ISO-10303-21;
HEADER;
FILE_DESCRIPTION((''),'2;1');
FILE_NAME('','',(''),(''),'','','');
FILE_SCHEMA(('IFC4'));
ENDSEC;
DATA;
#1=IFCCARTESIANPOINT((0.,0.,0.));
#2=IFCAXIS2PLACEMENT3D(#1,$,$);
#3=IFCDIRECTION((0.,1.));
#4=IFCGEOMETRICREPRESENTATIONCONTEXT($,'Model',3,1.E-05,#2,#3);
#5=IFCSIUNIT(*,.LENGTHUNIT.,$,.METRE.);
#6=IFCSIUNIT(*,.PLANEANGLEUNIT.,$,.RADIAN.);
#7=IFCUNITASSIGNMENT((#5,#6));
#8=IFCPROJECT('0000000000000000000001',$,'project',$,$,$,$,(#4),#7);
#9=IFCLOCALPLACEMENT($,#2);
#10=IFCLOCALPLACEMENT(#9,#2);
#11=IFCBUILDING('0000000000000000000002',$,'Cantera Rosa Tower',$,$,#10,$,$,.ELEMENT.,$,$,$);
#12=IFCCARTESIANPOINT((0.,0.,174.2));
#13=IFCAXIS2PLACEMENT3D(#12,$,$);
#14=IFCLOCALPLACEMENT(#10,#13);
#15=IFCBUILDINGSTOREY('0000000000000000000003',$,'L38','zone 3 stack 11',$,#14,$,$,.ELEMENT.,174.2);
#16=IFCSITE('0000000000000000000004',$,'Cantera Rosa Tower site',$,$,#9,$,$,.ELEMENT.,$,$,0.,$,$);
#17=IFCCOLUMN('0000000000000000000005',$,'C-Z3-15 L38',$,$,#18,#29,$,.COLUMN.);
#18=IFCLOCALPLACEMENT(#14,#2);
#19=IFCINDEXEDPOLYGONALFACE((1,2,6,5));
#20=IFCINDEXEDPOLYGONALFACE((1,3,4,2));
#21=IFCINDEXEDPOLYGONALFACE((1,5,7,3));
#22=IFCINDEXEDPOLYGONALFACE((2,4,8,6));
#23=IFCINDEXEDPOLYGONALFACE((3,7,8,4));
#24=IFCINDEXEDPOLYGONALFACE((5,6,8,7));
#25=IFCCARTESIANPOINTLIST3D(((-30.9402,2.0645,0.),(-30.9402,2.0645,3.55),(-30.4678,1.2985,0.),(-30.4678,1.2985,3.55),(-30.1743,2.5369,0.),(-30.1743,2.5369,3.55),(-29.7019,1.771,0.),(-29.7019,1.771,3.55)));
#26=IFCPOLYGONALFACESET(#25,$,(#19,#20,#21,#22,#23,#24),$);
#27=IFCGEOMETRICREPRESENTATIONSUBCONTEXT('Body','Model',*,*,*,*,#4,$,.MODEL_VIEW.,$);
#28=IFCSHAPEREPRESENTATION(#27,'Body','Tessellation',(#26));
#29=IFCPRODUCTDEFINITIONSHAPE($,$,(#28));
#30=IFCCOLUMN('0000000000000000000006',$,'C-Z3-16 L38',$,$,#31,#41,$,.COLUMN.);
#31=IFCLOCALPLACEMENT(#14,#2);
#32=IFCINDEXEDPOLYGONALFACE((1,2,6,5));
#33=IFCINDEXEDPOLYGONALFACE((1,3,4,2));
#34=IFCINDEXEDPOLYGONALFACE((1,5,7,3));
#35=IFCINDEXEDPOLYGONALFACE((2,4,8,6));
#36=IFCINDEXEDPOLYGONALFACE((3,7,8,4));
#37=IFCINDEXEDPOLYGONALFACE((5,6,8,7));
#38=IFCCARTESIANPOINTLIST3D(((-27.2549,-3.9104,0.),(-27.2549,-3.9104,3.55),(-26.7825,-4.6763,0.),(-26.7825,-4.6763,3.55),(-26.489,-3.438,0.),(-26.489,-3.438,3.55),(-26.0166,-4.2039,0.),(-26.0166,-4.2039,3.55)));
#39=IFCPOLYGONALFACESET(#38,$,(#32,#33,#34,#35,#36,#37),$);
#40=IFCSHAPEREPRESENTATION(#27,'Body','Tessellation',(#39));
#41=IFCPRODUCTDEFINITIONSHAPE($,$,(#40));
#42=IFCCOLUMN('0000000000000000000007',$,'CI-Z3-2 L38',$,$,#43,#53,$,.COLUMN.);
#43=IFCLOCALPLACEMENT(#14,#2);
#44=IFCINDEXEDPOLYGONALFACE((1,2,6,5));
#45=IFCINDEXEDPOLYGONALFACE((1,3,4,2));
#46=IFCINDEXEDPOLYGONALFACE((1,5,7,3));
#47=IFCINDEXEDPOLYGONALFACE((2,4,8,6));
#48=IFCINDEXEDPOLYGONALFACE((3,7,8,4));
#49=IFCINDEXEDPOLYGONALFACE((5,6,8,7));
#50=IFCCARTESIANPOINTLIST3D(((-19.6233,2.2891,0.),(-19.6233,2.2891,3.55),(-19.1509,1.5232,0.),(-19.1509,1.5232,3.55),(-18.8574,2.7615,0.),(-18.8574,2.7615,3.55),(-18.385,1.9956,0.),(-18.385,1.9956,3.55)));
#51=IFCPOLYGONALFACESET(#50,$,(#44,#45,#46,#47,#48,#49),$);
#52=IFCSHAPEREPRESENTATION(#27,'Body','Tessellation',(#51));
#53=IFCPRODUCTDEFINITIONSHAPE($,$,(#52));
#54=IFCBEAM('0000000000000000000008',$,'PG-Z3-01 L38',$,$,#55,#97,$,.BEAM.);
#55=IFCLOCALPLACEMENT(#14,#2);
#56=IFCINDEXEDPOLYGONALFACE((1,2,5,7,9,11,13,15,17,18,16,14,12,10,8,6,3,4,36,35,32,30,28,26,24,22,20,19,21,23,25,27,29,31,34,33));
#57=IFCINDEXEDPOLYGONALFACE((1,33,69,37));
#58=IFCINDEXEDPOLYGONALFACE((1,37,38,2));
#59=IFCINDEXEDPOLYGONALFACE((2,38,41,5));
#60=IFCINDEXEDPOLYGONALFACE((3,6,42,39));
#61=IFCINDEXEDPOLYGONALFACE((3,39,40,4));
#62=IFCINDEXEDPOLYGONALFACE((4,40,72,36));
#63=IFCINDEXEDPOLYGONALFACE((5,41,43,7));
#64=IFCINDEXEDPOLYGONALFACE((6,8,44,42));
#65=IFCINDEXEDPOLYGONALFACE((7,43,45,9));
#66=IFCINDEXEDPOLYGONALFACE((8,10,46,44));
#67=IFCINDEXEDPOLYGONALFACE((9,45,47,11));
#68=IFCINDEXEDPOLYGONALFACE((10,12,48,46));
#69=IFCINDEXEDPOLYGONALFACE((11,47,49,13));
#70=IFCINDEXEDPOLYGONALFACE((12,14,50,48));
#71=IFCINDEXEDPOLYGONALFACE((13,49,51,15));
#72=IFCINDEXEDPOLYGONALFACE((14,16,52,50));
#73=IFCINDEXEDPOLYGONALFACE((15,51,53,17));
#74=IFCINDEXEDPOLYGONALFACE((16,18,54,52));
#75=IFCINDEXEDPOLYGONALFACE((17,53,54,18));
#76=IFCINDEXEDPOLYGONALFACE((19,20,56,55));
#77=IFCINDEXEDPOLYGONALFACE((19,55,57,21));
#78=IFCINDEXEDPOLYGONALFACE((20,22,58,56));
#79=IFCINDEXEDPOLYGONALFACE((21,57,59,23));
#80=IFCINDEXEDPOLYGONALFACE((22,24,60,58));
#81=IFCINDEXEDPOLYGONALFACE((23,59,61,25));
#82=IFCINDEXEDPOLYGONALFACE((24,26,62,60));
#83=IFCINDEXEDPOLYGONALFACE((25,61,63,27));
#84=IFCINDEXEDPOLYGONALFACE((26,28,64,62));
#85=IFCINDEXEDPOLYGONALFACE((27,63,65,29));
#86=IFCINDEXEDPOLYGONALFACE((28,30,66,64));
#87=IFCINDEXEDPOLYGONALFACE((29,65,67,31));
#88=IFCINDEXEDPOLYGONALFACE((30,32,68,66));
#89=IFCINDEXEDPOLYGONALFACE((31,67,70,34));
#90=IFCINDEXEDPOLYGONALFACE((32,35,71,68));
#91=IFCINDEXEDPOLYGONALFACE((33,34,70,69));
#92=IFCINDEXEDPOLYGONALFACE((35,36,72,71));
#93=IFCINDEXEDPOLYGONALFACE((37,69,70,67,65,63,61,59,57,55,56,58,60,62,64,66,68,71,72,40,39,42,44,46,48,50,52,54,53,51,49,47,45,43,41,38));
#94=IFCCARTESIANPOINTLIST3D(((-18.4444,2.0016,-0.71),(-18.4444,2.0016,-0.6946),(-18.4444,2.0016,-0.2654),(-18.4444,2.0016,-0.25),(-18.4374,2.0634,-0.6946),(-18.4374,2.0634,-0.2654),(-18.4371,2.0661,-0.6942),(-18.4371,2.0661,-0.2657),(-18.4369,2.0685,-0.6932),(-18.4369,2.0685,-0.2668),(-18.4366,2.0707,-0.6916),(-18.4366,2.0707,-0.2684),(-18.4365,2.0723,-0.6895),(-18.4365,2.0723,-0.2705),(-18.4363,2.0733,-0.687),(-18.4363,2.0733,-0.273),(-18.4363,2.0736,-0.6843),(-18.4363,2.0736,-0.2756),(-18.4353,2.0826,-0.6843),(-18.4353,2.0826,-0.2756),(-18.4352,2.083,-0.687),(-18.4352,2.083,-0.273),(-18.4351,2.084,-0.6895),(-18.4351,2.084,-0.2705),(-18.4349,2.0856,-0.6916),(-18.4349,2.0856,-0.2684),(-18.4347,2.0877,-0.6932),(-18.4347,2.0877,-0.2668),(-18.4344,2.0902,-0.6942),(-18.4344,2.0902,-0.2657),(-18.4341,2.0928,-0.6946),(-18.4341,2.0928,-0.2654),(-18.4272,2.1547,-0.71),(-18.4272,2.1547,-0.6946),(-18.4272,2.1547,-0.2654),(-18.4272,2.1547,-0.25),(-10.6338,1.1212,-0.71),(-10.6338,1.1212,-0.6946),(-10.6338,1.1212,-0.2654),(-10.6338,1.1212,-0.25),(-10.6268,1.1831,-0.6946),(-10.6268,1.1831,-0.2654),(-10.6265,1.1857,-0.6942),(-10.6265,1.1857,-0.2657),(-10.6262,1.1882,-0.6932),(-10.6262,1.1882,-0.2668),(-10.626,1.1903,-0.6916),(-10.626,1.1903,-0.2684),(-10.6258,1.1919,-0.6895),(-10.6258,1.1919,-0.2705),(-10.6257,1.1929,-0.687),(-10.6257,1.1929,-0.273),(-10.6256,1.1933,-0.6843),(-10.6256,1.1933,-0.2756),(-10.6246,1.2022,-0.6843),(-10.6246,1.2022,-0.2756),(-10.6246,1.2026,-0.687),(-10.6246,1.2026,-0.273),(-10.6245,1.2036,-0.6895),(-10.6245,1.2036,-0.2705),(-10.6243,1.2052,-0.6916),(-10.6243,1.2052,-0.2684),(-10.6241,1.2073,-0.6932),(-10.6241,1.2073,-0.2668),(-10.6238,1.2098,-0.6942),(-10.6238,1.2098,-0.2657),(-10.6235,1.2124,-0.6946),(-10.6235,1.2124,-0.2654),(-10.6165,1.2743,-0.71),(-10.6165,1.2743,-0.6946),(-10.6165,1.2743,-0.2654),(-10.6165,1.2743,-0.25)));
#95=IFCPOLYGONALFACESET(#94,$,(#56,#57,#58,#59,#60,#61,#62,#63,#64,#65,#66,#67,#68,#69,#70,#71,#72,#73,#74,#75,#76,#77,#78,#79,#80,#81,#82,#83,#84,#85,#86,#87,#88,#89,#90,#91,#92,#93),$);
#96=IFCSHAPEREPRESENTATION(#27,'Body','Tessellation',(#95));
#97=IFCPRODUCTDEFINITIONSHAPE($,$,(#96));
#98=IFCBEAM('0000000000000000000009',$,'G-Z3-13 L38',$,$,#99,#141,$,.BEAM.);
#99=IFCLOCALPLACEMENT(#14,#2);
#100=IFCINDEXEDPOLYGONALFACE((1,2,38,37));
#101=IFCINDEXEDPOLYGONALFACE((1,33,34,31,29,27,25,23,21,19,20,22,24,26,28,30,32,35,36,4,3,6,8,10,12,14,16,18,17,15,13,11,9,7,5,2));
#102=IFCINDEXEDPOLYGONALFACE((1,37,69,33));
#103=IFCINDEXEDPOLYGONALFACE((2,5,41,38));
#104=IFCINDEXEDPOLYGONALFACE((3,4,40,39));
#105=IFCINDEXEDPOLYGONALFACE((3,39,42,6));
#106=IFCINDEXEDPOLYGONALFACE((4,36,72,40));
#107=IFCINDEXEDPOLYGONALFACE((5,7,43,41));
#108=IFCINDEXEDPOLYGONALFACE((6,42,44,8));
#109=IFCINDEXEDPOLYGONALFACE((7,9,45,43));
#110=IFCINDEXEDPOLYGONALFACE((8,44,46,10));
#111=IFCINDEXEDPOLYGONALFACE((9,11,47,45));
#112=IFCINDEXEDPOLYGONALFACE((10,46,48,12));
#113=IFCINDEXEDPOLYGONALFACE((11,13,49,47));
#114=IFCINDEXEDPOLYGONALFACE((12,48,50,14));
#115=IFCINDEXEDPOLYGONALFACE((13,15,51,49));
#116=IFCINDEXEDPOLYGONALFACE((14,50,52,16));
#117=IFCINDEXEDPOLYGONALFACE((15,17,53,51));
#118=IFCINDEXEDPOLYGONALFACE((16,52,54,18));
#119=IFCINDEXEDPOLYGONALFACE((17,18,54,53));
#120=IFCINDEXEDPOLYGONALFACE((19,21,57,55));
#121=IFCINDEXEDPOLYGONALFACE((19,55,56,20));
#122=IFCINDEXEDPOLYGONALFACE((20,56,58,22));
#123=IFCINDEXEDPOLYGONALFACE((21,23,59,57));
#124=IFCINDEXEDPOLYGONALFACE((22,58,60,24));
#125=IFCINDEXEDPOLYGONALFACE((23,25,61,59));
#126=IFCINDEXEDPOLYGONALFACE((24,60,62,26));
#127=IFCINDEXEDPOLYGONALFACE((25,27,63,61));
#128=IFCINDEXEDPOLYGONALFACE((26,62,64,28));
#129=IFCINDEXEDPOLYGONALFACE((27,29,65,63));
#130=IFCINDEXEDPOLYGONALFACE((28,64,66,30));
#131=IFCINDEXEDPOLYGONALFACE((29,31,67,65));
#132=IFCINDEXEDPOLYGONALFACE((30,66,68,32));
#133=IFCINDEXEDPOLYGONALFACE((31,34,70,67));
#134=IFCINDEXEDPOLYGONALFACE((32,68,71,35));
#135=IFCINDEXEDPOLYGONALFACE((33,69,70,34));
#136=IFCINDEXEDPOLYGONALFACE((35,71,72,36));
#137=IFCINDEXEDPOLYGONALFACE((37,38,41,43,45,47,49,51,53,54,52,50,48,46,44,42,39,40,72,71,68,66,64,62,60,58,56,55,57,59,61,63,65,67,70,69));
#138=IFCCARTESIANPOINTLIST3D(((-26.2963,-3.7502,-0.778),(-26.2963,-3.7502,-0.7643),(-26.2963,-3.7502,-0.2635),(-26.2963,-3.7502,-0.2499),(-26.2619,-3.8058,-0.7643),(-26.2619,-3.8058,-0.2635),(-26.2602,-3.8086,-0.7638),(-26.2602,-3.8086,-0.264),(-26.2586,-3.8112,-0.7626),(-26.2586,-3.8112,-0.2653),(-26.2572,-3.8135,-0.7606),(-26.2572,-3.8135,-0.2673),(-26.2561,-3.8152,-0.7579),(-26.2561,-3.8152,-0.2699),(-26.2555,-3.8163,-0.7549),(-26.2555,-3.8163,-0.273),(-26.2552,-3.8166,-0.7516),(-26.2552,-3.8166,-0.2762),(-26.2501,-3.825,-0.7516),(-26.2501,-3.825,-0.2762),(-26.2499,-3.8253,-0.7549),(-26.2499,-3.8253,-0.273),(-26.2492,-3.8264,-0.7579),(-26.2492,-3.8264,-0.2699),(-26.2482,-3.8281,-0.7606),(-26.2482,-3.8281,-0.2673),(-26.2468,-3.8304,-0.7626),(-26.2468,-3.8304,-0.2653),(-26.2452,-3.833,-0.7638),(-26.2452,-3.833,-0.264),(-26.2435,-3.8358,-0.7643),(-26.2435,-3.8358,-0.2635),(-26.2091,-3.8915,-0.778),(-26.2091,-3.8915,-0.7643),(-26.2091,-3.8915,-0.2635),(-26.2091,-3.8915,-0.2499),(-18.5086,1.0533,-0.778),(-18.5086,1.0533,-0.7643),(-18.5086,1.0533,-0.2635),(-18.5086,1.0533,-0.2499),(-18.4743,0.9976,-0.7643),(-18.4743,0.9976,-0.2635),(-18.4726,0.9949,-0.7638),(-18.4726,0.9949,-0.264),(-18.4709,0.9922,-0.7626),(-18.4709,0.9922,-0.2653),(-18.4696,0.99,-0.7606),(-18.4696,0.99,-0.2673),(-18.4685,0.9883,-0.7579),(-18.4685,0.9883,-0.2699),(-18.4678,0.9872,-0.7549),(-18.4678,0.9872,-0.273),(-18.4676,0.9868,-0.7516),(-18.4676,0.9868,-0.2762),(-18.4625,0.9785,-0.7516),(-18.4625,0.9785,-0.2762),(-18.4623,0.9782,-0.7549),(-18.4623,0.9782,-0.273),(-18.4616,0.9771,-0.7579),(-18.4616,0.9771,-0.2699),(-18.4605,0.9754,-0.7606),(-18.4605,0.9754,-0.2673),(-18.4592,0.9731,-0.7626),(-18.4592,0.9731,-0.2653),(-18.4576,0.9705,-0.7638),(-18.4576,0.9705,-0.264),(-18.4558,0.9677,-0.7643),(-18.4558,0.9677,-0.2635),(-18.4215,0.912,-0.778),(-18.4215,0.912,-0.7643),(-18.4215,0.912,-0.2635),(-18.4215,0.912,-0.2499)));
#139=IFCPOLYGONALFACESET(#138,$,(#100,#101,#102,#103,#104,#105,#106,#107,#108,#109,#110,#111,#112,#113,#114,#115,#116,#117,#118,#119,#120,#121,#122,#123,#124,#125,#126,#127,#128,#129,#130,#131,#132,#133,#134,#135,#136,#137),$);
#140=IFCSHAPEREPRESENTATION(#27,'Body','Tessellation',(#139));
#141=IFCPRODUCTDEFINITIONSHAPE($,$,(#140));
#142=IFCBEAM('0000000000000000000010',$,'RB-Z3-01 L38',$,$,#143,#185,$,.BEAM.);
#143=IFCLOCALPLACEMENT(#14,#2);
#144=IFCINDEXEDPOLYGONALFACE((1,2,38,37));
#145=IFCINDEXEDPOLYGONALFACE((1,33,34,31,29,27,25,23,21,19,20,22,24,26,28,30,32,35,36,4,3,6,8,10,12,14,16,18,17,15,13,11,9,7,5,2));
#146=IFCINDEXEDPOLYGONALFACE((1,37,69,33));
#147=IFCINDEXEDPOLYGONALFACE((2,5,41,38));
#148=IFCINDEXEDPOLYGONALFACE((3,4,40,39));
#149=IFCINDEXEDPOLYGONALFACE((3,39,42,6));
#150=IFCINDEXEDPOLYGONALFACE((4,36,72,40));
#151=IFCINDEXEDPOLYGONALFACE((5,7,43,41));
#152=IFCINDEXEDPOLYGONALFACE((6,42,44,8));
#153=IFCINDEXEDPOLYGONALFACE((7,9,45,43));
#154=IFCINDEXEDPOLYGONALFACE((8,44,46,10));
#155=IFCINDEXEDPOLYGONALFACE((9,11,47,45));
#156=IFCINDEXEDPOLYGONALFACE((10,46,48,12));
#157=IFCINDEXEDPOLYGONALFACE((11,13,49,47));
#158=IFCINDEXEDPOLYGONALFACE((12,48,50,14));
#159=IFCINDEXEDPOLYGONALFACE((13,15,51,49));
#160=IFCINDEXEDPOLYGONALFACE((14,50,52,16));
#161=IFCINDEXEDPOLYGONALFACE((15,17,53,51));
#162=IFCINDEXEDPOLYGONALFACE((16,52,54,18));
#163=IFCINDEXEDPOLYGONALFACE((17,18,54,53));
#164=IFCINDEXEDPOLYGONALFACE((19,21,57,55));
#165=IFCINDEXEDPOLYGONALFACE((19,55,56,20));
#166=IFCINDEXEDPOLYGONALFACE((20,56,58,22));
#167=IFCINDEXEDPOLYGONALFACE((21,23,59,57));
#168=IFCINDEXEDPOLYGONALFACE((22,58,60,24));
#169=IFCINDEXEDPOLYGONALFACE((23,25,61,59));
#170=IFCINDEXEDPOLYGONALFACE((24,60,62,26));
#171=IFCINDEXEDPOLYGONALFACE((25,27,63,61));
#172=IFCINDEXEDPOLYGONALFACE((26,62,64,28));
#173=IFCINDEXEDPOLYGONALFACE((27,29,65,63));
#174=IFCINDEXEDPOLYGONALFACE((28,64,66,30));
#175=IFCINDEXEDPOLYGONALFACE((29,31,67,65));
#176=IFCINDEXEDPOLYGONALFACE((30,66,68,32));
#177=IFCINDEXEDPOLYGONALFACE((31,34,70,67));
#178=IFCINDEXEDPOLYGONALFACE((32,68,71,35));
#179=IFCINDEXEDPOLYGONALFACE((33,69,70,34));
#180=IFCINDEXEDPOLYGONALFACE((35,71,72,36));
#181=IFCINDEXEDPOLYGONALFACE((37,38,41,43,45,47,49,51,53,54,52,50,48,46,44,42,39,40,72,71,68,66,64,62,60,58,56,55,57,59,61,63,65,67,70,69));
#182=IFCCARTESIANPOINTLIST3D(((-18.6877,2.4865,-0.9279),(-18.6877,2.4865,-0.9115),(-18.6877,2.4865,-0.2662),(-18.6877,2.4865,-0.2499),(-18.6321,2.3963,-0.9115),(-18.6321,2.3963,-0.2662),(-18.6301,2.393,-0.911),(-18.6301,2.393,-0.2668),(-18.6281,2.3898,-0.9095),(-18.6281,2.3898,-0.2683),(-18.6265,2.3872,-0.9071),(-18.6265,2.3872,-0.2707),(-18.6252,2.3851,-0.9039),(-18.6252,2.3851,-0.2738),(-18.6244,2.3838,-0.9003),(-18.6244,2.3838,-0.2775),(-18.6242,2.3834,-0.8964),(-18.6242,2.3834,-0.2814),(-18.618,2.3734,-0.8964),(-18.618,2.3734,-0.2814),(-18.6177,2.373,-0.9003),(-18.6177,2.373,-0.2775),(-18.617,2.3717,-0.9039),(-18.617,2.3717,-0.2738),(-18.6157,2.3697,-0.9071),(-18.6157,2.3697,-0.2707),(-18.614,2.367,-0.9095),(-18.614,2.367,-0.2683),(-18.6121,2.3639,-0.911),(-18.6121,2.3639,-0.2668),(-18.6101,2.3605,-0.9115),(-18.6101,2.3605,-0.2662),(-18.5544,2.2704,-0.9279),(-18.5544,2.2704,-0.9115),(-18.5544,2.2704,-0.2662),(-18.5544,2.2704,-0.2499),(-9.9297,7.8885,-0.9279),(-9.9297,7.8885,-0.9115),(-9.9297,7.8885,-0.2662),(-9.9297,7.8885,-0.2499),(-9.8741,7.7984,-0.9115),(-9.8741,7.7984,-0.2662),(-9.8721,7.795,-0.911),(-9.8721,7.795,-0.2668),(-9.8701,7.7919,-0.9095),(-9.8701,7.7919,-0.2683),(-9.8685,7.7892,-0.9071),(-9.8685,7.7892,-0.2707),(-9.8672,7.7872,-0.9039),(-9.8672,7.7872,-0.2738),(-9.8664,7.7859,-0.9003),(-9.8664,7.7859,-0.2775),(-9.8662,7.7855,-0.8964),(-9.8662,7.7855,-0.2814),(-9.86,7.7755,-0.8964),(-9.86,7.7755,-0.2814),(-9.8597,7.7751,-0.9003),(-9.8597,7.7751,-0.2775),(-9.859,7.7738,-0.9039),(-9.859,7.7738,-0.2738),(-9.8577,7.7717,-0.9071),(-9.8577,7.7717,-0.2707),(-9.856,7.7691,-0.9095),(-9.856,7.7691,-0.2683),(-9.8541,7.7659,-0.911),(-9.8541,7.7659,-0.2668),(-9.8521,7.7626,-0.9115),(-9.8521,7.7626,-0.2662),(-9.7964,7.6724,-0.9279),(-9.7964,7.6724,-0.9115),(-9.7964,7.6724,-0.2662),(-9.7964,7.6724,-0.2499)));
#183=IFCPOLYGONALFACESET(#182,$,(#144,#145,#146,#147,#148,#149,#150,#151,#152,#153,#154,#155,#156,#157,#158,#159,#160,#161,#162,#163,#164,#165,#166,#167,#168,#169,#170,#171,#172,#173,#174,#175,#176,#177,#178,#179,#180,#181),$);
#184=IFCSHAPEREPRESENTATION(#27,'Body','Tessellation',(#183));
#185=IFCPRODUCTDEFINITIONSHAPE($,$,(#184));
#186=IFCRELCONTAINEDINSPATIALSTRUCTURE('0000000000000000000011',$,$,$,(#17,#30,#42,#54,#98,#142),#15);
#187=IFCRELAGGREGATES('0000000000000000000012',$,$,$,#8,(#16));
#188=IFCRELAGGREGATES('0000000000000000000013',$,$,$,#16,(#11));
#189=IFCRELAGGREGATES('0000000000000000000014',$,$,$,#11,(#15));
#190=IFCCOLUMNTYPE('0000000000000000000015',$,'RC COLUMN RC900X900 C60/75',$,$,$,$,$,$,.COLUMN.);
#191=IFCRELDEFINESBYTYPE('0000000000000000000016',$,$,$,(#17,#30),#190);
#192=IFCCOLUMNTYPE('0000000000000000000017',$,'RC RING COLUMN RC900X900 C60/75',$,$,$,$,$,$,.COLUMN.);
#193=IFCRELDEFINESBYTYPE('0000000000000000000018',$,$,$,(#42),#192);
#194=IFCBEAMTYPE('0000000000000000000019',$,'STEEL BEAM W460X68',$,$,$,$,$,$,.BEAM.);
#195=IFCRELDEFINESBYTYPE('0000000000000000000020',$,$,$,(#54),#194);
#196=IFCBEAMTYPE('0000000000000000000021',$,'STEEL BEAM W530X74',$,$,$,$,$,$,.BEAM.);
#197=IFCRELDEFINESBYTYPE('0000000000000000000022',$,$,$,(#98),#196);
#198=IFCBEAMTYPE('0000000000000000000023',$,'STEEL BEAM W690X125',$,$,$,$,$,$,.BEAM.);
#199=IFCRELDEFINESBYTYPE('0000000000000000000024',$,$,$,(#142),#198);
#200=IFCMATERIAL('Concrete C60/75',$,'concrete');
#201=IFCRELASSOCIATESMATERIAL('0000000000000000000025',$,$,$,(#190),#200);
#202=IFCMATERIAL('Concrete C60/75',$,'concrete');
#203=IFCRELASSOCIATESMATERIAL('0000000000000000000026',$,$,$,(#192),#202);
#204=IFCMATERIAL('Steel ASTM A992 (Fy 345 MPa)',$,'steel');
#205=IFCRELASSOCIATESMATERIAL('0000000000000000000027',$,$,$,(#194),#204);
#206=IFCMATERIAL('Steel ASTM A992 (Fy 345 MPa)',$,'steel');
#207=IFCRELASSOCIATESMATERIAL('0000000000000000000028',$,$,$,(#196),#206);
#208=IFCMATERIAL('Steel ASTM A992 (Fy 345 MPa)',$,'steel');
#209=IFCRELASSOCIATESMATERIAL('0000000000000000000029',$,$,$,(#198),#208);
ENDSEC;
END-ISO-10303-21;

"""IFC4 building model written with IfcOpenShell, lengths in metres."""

from ifc_helpers import new_model, si_unit, direction, frame, origin, origin_2d, place, context, subcontext, project, spatial, rectangle, i_section, extrude, material, material_profile, profile_set, type_object, element, save


model = new_model("IFC4")

# Units and contexts
model_context = context("Model", 3, precision=1e-05, world=origin(), true_north=direction((0.0, 1.0)))
body_context = subcontext(model_context, "Body", "Model", "MODEL_VIEW")
ifc_project = project(units=[si_unit("LENGTHUNIT", "METRE"), si_unit("PLANEANGLEUNIT", "RADIAN")], contexts=[model_context])

# Site, building, storey
site_placement = place(None, origin())
site = spatial("IfcSite", under=ifc_project, at=site_placement, Name="Cantera Rosa Tower site", CompositionType="ELEMENT", RefElevation=0.0)
building_placement = place(site_placement, origin())
building = spatial("IfcBuilding", under=site, at=building_placement, Name="Cantera Rosa Tower", CompositionType="ELEMENT")
storey_placement = place(building_placement, frame((0.0, 0.0, 174.2)))
storey = spatial("IfcBuildingStorey", under=building, at=storey_placement, Name="L38", Description="zone 3 stack 11", CompositionType="ELEMENT", Elevation=174.2)

# Columns
ifc_material_1 = material(Name="Concrete C60/75", Category="concrete")
ifc_material_profile_1 = material_profile(ifc_material_1, rectangle(XDim=0.8999, YDim=0.8999, at=origin_2d()), Name="RC COLUMN RC900X900 C60/75")
ifc_profile_set_1 = profile_set([ifc_material_profile_1], Name="Concrete C60/75")
column_type_1 = type_object("IfcColumnType", Name="RC COLUMN RC900X900 C60/75", PredefinedType="COLUMN", material=ifc_profile_set_1)
for number, where, z_axis, x_axis, name in (
    (1, (-30.321, 1.9177, 0.0), (0.0, 0.0, 1.0), (0.851117, 0.524977, 0.0), "C-Z3-15 L38"),
    (2, (-26.6357, -4.0571, 0.0), (0.0, 0.0, 1.0), (0.851117, 0.524977, 0.0), "C-Z3-16 L38"),
):
    element("IfcColumn", number, at=place(storey_placement, frame(where, z_axis=z_axis, x_axis=x_axis)), inside=storey, type_object=column_type_1, Name=name, PredefinedType="COLUMN", context=body_context, shape_type="SweptSolid", body=[
        extrude(rectangle(XDim=0.8999, YDim=0.8999, at=origin_2d()), origin(), (0.0, 0.0, 1.0), 3.55),
    ])
ifc_material_2 = material(Name="Concrete C60/75", Category="concrete")
ifc_material_profile_2 = material_profile(ifc_material_2, rectangle(XDim=0.8999, YDim=0.8999, at=origin_2d()), Name="RC RING COLUMN RC900X900 C60/75")
ifc_profile_set_2 = profile_set([ifc_material_profile_2], Name="Concrete C60/75")
column_type_2 = type_object("IfcColumnType", Name="RC RING COLUMN RC900X900 C60/75", PredefinedType="COLUMN", material=ifc_profile_set_2)
column_placement = place(storey_placement, frame((-19.0042, 2.1423, 0.0), z_axis=(0.0, 0.0, 1.0), x_axis=(0.851117, 0.524977, 0.0)))
element("IfcColumn", 3, at=column_placement, inside=storey, type_object=column_type_2, Name="CI-Z3-2 L38", PredefinedType="COLUMN", context=body_context, shape_type="SweptSolid", body=[
    extrude(rectangle(XDim=0.8999, YDim=0.8999, at=origin_2d()), origin(), (0.0, 0.0, 1.0), 3.55),
])

# Beams
ifc_material_3 = material(Name="Steel ASTM A992 (Fy 345 MPa)", Category="steel")
ifc_material_profile_3 = material_profile(ifc_material_3, i_section(OverallWidth=0.1541, OverallDepth=0.46, WebThickness=0.009, FlangeThickness=0.0154, FilletRadius=0.0103, at=origin_2d()), Name="W460X68")
ifc_profile_set_3 = profile_set([ifc_material_profile_3], Name="Steel ASTM A992 (Fy 345 MPa)")
beam_type_1 = type_object("IfcBeamType", Name="STEEL BEAM W460X68", PredefinedType="BEAM", material=ifc_profile_set_3)
beam_1_placement = place(storey_placement, frame((-18.4358, 2.0781, -0.48), z_axis=(0.993707, -0.112006, 0.0), x_axis=(0.112006, 0.993707, 0.0)))
element("IfcBeam", 4, at=beam_1_placement, inside=storey, type_object=beam_type_1, Name="PG-Z3-01 L38", PredefinedType="BEAM", context=body_context, shape_type="SweptSolid", body=[
    extrude(i_section(OverallWidth=0.1541, OverallDepth=0.46, WebThickness=0.009, FlangeThickness=0.0154, FilletRadius=0.0103, at=origin_2d()), origin(), (0.0, 0.0, 1.0), 7.8601),
])
ifc_material_4 = material(Name="Steel ASTM A992 (Fy 345 MPa)", Category="steel")
ifc_material_profile_4 = material_profile(ifc_material_4, i_section(OverallWidth=0.166, OverallDepth=0.5281, WebThickness=0.0098, FlangeThickness=0.0137, FilletRadius=0.0127, at=origin_2d()), Name="W530X74")
ifc_profile_set_4 = profile_set([ifc_material_profile_4], Name="Steel ASTM A992 (Fy 345 MPa)")
beam_type_2 = type_object("IfcBeamType", Name="STEEL BEAM W530X74", PredefinedType="BEAM", material=ifc_profile_set_4)
beam_2_placement = place(storey_placement, frame((-26.2527, -3.8208, -0.5139), z_axis=(0.851116, 0.524977, 0.0), x_axis=(-0.524977, 0.851116, 0.0)))
element("IfcBeam", 5, at=beam_2_placement, inside=storey, type_object=beam_type_2, Name="G-Z3-13 L38", PredefinedType="BEAM", context=body_context, shape_type="SweptSolid", body=[
    extrude(i_section(OverallWidth=0.166, OverallDepth=0.5281, WebThickness=0.0098, FlangeThickness=0.0137, FilletRadius=0.0127, at=origin_2d()), origin(), (0.0, 0.0, 1.0), 9.1499),
])
ifc_material_5 = material(Name="Steel ASTM A992 (Fy 345 MPa)", Category="steel")
ifc_material_profile_5 = material_profile(ifc_material_5, i_section(OverallWidth=0.2539, OverallDepth=0.678, WebThickness=0.0117, FlangeThickness=0.0164, FilletRadius=0.0151, at=origin_2d()), Name="W690X125")
ifc_profile_set_5 = profile_set([ifc_material_profile_5], Name="Steel ASTM A992 (Fy 345 MPa)")
beam_type_3 = type_object("IfcBeamType", Name="STEEL BEAM W690X125", PredefinedType="BEAM", material=ifc_profile_set_5)
beam_3_placement = place(storey_placement, frame((-18.6211, 2.3784, -0.5889), z_axis=(0.851115, 0.52498, 0.0), x_axis=(-0.52498, 0.851115, 0.0)))
element("IfcBeam", 6, at=beam_3_placement, inside=storey, type_object=beam_type_3, Name="RB-Z3-01 L38", PredefinedType="BEAM", context=body_context, shape_type="SweptSolid", body=[
    extrude(i_section(OverallWidth=0.2539, OverallDepth=0.678, WebThickness=0.0117, FlangeThickness=0.0164, FilletRadius=0.0151, at=origin_2d()), origin(), (0.0, 0.0, 1.0), 10.29),
])

save(model, "model.ifc")
